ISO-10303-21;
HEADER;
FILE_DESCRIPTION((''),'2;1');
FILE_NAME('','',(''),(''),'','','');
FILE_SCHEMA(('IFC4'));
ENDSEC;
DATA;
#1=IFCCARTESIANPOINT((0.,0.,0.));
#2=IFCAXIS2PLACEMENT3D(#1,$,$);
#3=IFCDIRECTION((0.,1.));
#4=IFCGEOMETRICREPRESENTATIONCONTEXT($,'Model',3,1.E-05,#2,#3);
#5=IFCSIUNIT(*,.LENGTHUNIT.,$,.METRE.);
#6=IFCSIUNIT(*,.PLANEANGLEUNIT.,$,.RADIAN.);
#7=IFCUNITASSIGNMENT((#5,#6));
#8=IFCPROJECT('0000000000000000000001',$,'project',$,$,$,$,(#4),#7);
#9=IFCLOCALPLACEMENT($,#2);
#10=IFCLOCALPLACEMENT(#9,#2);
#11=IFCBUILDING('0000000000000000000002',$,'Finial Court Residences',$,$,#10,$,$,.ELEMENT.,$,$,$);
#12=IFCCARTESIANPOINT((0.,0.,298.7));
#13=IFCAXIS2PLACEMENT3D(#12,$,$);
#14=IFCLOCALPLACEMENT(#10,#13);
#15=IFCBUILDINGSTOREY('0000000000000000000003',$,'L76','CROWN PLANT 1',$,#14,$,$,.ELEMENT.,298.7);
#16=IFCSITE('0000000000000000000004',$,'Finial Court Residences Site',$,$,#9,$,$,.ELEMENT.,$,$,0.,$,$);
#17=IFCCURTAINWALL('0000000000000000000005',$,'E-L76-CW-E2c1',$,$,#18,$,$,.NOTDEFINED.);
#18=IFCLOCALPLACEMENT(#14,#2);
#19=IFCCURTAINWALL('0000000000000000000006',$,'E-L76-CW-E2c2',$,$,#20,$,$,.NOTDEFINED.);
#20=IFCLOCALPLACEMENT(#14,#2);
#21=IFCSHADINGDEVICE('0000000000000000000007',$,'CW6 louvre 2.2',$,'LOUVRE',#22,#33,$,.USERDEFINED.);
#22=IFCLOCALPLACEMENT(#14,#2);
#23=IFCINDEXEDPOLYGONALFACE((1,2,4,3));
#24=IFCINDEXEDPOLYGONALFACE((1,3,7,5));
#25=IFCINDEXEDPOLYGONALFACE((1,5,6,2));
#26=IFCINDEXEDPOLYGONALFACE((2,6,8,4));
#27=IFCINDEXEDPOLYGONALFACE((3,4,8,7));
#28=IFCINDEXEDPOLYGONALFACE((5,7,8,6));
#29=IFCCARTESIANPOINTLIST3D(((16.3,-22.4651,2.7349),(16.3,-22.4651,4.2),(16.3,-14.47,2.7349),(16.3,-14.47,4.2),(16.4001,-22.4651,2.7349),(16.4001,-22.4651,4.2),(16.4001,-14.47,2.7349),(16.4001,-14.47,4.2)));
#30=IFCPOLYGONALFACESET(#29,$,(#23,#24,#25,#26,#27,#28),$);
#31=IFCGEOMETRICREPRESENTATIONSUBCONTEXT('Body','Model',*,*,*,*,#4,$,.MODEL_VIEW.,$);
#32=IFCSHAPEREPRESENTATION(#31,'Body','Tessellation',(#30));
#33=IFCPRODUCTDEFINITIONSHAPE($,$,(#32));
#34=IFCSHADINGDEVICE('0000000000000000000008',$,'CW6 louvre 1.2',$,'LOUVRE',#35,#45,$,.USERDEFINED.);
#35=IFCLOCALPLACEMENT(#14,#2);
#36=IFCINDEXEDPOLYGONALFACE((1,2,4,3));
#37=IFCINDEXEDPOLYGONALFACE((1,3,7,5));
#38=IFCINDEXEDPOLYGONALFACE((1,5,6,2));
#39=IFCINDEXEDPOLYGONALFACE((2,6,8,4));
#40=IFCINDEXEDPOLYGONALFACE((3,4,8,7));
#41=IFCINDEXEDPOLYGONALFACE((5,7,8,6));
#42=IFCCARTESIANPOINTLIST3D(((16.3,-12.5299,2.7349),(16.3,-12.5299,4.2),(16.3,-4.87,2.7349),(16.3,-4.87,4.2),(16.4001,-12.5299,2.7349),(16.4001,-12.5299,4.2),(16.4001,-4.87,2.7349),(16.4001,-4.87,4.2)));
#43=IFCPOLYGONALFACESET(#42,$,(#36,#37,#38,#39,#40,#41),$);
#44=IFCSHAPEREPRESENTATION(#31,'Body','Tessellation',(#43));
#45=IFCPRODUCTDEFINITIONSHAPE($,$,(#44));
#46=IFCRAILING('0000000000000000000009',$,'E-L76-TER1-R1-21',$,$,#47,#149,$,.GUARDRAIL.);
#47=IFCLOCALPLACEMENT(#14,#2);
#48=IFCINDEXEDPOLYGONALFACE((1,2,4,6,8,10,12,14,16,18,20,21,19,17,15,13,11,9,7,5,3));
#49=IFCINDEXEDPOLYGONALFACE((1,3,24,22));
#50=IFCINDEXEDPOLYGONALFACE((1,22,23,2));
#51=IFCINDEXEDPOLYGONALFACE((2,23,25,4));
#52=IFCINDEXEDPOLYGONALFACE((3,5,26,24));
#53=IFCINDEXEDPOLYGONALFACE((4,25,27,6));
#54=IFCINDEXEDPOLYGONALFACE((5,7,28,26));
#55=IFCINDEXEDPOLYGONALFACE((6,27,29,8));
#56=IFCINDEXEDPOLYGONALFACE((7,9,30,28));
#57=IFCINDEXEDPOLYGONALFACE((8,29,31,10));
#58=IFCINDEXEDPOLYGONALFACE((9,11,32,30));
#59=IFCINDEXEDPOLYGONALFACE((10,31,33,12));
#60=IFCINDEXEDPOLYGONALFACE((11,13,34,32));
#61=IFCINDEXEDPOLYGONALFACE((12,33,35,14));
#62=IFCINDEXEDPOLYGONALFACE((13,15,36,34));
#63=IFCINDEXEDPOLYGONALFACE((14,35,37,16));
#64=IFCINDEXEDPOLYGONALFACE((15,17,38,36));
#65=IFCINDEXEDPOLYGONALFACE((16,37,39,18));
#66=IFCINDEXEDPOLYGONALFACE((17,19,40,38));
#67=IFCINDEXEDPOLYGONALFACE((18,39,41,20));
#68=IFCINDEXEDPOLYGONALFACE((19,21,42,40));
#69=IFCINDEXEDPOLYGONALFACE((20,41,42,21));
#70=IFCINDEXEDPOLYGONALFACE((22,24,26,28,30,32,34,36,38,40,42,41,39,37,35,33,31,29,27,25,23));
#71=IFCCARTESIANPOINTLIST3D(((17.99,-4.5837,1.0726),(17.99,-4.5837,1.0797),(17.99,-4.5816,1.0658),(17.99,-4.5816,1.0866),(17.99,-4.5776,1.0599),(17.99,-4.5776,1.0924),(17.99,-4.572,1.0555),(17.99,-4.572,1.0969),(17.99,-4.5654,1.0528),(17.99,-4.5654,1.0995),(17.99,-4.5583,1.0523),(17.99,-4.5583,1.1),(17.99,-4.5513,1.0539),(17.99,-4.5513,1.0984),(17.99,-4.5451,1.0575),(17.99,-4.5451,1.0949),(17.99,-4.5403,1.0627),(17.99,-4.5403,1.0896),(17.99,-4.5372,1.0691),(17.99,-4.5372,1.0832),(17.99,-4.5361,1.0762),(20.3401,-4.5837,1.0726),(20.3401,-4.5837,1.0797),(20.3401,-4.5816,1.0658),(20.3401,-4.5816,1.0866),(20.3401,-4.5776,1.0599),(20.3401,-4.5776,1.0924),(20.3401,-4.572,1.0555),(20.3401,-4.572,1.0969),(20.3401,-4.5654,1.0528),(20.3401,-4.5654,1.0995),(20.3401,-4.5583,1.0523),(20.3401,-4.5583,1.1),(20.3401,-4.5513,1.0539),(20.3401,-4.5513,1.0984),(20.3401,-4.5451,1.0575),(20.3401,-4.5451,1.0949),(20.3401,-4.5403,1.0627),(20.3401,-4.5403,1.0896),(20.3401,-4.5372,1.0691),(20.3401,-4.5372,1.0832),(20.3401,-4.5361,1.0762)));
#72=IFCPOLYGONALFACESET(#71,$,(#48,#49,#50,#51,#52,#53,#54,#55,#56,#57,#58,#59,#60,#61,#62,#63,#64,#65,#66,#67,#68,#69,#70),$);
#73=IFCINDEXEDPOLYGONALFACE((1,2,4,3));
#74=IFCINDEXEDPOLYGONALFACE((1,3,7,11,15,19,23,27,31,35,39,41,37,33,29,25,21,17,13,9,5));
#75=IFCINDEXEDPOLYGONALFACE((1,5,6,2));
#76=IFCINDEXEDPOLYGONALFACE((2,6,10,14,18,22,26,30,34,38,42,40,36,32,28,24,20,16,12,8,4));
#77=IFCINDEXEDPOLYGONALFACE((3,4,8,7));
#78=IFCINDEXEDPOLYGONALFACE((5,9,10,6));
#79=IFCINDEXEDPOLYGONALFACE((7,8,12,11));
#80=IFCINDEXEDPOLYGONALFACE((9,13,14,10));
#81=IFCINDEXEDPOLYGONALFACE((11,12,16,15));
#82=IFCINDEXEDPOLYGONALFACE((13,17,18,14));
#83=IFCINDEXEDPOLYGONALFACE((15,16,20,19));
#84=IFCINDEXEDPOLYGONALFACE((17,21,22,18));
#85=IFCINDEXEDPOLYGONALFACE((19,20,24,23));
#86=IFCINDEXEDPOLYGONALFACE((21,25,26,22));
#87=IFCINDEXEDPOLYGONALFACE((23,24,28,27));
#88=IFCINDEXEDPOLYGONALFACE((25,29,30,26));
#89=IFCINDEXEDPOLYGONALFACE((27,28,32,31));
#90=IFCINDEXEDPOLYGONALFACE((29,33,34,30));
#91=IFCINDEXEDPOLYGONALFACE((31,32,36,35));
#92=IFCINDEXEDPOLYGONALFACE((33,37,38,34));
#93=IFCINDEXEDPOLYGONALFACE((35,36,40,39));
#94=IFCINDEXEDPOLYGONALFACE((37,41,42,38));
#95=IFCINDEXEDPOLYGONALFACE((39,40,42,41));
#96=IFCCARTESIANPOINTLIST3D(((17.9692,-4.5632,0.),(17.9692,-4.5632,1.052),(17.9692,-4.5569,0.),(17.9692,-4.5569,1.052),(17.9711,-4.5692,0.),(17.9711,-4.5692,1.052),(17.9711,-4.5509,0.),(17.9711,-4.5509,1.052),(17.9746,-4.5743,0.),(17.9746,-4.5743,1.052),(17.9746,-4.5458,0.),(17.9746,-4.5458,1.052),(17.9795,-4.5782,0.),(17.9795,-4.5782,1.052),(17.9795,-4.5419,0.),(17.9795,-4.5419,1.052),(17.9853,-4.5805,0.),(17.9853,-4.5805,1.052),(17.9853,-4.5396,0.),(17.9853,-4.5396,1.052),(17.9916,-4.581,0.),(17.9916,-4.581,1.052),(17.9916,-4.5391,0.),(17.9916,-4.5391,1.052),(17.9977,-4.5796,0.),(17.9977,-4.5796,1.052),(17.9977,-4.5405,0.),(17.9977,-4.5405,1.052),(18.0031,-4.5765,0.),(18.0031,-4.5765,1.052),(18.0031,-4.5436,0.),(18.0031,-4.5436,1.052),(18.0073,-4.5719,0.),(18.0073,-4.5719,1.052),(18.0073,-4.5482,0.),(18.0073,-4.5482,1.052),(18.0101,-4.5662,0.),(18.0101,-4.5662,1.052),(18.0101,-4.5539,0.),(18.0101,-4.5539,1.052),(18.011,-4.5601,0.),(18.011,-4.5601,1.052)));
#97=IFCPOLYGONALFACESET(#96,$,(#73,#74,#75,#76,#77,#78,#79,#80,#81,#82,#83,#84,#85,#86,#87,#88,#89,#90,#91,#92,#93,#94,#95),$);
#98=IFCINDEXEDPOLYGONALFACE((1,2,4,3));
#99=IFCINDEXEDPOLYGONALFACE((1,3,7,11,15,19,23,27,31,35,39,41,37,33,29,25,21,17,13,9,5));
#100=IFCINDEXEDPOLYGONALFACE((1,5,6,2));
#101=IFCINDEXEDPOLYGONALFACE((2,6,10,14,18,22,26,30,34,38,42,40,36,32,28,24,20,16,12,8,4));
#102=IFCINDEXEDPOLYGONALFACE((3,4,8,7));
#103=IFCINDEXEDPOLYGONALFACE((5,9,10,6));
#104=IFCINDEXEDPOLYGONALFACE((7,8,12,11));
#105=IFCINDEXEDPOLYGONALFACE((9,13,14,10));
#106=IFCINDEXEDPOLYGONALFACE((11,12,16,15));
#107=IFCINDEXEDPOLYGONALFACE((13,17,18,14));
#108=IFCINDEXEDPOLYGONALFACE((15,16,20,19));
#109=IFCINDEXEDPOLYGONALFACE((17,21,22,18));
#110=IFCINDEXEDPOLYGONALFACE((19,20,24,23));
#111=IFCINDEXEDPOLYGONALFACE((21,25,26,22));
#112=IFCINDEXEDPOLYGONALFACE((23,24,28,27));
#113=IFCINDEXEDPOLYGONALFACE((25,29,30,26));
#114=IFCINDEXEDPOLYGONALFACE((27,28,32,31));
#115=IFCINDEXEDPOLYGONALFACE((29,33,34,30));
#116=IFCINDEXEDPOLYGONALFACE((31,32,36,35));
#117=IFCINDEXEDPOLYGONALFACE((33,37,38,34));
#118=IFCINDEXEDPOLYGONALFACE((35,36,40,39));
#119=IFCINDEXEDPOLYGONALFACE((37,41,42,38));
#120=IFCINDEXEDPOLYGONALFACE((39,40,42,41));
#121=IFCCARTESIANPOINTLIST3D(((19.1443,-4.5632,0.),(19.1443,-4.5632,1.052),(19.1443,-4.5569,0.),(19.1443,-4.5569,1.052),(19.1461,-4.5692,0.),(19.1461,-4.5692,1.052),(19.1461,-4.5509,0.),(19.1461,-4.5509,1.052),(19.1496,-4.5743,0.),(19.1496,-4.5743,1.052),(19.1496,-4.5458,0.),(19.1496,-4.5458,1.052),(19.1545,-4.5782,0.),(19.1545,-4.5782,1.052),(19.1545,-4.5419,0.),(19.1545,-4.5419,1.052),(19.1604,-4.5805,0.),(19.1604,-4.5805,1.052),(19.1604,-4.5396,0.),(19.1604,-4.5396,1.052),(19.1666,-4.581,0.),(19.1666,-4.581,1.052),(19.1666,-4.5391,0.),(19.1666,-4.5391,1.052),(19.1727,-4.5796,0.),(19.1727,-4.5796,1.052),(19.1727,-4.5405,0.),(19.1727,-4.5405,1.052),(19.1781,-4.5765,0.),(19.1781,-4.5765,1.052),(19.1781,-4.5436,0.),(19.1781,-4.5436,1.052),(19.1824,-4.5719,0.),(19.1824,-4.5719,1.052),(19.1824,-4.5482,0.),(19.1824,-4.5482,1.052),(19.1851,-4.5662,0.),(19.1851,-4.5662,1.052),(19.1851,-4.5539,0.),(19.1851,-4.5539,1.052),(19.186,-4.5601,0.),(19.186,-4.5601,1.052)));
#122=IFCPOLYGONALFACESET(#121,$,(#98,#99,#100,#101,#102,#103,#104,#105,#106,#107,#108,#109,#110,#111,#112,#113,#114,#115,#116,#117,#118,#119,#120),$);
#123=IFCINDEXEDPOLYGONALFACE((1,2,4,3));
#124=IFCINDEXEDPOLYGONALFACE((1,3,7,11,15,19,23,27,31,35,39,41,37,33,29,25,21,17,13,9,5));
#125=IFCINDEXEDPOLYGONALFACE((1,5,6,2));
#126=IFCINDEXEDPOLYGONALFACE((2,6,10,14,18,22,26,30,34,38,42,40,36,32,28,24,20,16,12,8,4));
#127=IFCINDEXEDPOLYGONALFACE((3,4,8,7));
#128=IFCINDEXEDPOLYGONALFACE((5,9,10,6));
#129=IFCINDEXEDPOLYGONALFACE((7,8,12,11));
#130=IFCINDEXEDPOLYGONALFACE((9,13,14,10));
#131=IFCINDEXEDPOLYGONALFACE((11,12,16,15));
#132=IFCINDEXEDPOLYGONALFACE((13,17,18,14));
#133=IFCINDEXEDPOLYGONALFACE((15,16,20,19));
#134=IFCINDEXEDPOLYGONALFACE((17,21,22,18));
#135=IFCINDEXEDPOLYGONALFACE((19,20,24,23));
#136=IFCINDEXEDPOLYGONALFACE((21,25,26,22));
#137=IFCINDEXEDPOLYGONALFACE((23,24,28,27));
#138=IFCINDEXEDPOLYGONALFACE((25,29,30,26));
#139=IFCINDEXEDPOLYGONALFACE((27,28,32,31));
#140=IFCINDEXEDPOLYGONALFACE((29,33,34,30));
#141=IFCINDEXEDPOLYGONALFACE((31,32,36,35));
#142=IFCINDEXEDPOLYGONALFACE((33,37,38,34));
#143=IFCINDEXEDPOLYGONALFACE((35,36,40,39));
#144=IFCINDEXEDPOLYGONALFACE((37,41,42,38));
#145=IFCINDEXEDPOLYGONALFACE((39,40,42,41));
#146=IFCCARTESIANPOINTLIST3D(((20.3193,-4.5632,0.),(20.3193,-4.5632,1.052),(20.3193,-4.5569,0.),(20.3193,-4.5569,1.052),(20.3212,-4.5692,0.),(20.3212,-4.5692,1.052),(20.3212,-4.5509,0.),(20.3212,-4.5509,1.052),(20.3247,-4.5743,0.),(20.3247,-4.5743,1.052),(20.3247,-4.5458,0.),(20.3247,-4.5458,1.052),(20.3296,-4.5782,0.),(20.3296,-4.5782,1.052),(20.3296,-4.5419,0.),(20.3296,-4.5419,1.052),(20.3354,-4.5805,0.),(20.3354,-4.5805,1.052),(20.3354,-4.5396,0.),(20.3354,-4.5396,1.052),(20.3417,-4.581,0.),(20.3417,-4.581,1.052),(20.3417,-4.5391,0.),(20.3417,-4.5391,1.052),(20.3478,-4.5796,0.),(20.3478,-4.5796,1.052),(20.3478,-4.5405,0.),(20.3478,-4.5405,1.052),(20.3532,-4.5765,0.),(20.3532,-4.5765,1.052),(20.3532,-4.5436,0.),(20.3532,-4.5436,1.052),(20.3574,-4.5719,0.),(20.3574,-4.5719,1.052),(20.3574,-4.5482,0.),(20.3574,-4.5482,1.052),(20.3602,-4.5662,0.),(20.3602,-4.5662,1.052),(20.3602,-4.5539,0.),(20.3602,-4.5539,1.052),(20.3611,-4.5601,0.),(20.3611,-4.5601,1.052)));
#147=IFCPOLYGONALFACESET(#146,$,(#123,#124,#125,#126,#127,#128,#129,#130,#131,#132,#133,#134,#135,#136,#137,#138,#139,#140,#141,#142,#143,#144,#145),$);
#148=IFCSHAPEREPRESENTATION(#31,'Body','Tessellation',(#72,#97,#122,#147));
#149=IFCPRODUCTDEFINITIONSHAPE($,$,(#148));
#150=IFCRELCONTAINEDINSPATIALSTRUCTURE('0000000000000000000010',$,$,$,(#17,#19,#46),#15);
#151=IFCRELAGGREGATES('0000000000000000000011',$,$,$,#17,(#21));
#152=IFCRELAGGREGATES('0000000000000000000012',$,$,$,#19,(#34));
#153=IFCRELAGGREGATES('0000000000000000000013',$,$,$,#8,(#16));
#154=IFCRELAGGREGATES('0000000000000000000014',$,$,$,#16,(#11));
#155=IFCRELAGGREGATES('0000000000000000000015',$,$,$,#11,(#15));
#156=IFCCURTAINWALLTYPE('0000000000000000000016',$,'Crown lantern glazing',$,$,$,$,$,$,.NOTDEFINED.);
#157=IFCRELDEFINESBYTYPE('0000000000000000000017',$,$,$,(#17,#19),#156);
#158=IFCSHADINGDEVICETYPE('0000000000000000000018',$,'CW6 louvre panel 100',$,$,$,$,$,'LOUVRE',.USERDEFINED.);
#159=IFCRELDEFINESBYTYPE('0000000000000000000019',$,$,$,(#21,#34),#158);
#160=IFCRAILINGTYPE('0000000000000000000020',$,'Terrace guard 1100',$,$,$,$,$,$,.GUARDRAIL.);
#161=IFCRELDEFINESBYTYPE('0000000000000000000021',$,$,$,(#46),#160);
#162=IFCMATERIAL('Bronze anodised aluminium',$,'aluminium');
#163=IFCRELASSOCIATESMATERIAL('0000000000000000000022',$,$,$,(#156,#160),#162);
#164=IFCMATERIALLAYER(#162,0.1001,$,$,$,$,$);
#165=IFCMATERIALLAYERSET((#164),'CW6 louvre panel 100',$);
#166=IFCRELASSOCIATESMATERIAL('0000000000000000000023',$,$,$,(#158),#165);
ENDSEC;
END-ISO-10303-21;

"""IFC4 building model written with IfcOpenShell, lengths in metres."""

from ifc_helpers import new_model, si_unit, direction, frame, origin, origin_2d, place, context, subcontext, project, spatial, rectangle, circle, extrude, material, layer, layer_set, type_object, element, aggregate, save


model = new_model("IFC4")

# Units and contexts
model_context = context("Model", 3, precision=1e-05, world=origin(), true_north=direction((0.0, 1.0)))
body_context = subcontext(model_context, "Body", "Model", "MODEL_VIEW")
ifc_project = project(units=[si_unit("LENGTHUNIT", "METRE"), si_unit("PLANEANGLEUNIT", "RADIAN")], contexts=[model_context])

# Site, building, storey
site_placement = place(None, origin())
site = spatial("IfcSite", under=ifc_project, at=site_placement, Name="Finial Court Residences Site", CompositionType="ELEMENT", RefElevation=0.0)
building_placement = place(site_placement, origin())
building = spatial("IfcBuilding", under=site, at=building_placement, Name="Finial Court Residences", CompositionType="ELEMENT")
storey_placement = place(building_placement, frame((0.0, 0.0, 298.7)))
storey = spatial("IfcBuildingStorey", under=building, at=storey_placement, Name="L76", Description="CROWN PLANT 1", CompositionType="ELEMENT", Elevation=298.7)

# Curtain wall
ifc_material_1 = material(Name="Bronze anodised aluminium", Category="aluminium")
curtain_wall_type = type_object("IfcCurtainWallType", Name="Crown lantern glazing", PredefinedType="NOTDEFINED", material=ifc_material_1)
curtain_wall_1_placement = place(storey_placement, origin())
curtain_wall_1 = element("IfcCurtainWall", 1, at=curtain_wall_1_placement, inside=storey, type_object=curtain_wall_type, Name="E-L76-CW-E2c1", PredefinedType="NOTDEFINED")

# Curtain wall
curtain_wall_2_placement = place(storey_placement, origin())
curtain_wall_2 = element("IfcCurtainWall", 2, at=curtain_wall_2_placement, inside=storey, type_object=curtain_wall_type, Name="E-L76-CW-E2c2", PredefinedType="NOTDEFINED")

# Shading devices
ifc_layer_1 = layer(ifc_material_1, 0.1001)
ifc_layer_set_1 = layer_set([ifc_layer_1], Name="CW6 louvre panel 100")
shading_device_type = type_object("IfcShadingDeviceType", Name="CW6 louvre panel 100", ElementType="LOUVRE", PredefinedType="USERDEFINED", material=ifc_layer_set_1)
shading_device_1_placement = place(storey_placement, frame((16.3501, -18.4675, 2.7349), z_axis=(0.0, 0.0, 1.0), x_axis=(0.0, 1.0, 0.0)))
shading_device_1 = element("IfcShadingDevice", 3, at=shading_device_1_placement, type_object=shading_device_type, Name="CW6 louvre 2.2", ObjectType="LOUVRE", PredefinedType="USERDEFINED", context=body_context, shape_type="SweptSolid", body=[
    extrude(rectangle(XDim=7.9951, YDim=0.1001, at=origin_2d()), origin(), (0.0, 0.0, 1.0), 1.4651),
])
aggregate(curtain_wall_1, [shading_device_1])
shading_device_2_placement = place(storey_placement, frame((16.3501, -8.7, 2.7349), z_axis=(0.0, 0.0, 1.0), x_axis=(0.0, 1.0, 0.0)))
shading_device_2 = element("IfcShadingDevice", 4, at=shading_device_2_placement, type_object=shading_device_type, Name="CW6 louvre 1.2", ObjectType="LOUVRE", PredefinedType="USERDEFINED", context=body_context, shape_type="SweptSolid", body=[
    extrude(rectangle(XDim=7.6599, YDim=0.1001, at=origin_2d()), origin(), (0.0, 0.0, 1.0), 1.4651),
])
aggregate(curtain_wall_2, [shading_device_2])

# Railing
railing_type = type_object("IfcRailingType", Name="Terrace guard 1100", PredefinedType="GUARDRAIL", material=ifc_material_1)
railing_1_placement = place(storey_placement, frame((17.99, -4.5601, 0.0)))
element("IfcRailing", 5, at=railing_1_placement, inside=storey, type_object=railing_type, Name="E-L76-TER1-R1-21", PredefinedType="GUARDRAIL", context=body_context, shape_type="SweptSolid", body=[
    extrude(circle(Radius=0.0239, at=origin_2d()), frame((0.0, 0.0, 1.0762), z_axis=(1.0, 0.0, 0.0), x_axis=(0.0, 1.0, 0.0)), (0.0, 0.0, 1.0), 2.3501),
    extrude(circle(Radius=0.021, at=origin_2d()), origin(), (0.0, 0.0, 1.0), 1.052),
    extrude(circle(Radius=0.021, at=origin_2d()), frame((1.175, 0.0, 0.0)), (0.0, 0.0, 1.0), 1.052),
    extrude(circle(Radius=0.021, at=origin_2d()), frame((2.3501, 0.0, 0.0)), (0.0, 0.0, 1.0), 1.052),
])

save(model, "model.ifc")
